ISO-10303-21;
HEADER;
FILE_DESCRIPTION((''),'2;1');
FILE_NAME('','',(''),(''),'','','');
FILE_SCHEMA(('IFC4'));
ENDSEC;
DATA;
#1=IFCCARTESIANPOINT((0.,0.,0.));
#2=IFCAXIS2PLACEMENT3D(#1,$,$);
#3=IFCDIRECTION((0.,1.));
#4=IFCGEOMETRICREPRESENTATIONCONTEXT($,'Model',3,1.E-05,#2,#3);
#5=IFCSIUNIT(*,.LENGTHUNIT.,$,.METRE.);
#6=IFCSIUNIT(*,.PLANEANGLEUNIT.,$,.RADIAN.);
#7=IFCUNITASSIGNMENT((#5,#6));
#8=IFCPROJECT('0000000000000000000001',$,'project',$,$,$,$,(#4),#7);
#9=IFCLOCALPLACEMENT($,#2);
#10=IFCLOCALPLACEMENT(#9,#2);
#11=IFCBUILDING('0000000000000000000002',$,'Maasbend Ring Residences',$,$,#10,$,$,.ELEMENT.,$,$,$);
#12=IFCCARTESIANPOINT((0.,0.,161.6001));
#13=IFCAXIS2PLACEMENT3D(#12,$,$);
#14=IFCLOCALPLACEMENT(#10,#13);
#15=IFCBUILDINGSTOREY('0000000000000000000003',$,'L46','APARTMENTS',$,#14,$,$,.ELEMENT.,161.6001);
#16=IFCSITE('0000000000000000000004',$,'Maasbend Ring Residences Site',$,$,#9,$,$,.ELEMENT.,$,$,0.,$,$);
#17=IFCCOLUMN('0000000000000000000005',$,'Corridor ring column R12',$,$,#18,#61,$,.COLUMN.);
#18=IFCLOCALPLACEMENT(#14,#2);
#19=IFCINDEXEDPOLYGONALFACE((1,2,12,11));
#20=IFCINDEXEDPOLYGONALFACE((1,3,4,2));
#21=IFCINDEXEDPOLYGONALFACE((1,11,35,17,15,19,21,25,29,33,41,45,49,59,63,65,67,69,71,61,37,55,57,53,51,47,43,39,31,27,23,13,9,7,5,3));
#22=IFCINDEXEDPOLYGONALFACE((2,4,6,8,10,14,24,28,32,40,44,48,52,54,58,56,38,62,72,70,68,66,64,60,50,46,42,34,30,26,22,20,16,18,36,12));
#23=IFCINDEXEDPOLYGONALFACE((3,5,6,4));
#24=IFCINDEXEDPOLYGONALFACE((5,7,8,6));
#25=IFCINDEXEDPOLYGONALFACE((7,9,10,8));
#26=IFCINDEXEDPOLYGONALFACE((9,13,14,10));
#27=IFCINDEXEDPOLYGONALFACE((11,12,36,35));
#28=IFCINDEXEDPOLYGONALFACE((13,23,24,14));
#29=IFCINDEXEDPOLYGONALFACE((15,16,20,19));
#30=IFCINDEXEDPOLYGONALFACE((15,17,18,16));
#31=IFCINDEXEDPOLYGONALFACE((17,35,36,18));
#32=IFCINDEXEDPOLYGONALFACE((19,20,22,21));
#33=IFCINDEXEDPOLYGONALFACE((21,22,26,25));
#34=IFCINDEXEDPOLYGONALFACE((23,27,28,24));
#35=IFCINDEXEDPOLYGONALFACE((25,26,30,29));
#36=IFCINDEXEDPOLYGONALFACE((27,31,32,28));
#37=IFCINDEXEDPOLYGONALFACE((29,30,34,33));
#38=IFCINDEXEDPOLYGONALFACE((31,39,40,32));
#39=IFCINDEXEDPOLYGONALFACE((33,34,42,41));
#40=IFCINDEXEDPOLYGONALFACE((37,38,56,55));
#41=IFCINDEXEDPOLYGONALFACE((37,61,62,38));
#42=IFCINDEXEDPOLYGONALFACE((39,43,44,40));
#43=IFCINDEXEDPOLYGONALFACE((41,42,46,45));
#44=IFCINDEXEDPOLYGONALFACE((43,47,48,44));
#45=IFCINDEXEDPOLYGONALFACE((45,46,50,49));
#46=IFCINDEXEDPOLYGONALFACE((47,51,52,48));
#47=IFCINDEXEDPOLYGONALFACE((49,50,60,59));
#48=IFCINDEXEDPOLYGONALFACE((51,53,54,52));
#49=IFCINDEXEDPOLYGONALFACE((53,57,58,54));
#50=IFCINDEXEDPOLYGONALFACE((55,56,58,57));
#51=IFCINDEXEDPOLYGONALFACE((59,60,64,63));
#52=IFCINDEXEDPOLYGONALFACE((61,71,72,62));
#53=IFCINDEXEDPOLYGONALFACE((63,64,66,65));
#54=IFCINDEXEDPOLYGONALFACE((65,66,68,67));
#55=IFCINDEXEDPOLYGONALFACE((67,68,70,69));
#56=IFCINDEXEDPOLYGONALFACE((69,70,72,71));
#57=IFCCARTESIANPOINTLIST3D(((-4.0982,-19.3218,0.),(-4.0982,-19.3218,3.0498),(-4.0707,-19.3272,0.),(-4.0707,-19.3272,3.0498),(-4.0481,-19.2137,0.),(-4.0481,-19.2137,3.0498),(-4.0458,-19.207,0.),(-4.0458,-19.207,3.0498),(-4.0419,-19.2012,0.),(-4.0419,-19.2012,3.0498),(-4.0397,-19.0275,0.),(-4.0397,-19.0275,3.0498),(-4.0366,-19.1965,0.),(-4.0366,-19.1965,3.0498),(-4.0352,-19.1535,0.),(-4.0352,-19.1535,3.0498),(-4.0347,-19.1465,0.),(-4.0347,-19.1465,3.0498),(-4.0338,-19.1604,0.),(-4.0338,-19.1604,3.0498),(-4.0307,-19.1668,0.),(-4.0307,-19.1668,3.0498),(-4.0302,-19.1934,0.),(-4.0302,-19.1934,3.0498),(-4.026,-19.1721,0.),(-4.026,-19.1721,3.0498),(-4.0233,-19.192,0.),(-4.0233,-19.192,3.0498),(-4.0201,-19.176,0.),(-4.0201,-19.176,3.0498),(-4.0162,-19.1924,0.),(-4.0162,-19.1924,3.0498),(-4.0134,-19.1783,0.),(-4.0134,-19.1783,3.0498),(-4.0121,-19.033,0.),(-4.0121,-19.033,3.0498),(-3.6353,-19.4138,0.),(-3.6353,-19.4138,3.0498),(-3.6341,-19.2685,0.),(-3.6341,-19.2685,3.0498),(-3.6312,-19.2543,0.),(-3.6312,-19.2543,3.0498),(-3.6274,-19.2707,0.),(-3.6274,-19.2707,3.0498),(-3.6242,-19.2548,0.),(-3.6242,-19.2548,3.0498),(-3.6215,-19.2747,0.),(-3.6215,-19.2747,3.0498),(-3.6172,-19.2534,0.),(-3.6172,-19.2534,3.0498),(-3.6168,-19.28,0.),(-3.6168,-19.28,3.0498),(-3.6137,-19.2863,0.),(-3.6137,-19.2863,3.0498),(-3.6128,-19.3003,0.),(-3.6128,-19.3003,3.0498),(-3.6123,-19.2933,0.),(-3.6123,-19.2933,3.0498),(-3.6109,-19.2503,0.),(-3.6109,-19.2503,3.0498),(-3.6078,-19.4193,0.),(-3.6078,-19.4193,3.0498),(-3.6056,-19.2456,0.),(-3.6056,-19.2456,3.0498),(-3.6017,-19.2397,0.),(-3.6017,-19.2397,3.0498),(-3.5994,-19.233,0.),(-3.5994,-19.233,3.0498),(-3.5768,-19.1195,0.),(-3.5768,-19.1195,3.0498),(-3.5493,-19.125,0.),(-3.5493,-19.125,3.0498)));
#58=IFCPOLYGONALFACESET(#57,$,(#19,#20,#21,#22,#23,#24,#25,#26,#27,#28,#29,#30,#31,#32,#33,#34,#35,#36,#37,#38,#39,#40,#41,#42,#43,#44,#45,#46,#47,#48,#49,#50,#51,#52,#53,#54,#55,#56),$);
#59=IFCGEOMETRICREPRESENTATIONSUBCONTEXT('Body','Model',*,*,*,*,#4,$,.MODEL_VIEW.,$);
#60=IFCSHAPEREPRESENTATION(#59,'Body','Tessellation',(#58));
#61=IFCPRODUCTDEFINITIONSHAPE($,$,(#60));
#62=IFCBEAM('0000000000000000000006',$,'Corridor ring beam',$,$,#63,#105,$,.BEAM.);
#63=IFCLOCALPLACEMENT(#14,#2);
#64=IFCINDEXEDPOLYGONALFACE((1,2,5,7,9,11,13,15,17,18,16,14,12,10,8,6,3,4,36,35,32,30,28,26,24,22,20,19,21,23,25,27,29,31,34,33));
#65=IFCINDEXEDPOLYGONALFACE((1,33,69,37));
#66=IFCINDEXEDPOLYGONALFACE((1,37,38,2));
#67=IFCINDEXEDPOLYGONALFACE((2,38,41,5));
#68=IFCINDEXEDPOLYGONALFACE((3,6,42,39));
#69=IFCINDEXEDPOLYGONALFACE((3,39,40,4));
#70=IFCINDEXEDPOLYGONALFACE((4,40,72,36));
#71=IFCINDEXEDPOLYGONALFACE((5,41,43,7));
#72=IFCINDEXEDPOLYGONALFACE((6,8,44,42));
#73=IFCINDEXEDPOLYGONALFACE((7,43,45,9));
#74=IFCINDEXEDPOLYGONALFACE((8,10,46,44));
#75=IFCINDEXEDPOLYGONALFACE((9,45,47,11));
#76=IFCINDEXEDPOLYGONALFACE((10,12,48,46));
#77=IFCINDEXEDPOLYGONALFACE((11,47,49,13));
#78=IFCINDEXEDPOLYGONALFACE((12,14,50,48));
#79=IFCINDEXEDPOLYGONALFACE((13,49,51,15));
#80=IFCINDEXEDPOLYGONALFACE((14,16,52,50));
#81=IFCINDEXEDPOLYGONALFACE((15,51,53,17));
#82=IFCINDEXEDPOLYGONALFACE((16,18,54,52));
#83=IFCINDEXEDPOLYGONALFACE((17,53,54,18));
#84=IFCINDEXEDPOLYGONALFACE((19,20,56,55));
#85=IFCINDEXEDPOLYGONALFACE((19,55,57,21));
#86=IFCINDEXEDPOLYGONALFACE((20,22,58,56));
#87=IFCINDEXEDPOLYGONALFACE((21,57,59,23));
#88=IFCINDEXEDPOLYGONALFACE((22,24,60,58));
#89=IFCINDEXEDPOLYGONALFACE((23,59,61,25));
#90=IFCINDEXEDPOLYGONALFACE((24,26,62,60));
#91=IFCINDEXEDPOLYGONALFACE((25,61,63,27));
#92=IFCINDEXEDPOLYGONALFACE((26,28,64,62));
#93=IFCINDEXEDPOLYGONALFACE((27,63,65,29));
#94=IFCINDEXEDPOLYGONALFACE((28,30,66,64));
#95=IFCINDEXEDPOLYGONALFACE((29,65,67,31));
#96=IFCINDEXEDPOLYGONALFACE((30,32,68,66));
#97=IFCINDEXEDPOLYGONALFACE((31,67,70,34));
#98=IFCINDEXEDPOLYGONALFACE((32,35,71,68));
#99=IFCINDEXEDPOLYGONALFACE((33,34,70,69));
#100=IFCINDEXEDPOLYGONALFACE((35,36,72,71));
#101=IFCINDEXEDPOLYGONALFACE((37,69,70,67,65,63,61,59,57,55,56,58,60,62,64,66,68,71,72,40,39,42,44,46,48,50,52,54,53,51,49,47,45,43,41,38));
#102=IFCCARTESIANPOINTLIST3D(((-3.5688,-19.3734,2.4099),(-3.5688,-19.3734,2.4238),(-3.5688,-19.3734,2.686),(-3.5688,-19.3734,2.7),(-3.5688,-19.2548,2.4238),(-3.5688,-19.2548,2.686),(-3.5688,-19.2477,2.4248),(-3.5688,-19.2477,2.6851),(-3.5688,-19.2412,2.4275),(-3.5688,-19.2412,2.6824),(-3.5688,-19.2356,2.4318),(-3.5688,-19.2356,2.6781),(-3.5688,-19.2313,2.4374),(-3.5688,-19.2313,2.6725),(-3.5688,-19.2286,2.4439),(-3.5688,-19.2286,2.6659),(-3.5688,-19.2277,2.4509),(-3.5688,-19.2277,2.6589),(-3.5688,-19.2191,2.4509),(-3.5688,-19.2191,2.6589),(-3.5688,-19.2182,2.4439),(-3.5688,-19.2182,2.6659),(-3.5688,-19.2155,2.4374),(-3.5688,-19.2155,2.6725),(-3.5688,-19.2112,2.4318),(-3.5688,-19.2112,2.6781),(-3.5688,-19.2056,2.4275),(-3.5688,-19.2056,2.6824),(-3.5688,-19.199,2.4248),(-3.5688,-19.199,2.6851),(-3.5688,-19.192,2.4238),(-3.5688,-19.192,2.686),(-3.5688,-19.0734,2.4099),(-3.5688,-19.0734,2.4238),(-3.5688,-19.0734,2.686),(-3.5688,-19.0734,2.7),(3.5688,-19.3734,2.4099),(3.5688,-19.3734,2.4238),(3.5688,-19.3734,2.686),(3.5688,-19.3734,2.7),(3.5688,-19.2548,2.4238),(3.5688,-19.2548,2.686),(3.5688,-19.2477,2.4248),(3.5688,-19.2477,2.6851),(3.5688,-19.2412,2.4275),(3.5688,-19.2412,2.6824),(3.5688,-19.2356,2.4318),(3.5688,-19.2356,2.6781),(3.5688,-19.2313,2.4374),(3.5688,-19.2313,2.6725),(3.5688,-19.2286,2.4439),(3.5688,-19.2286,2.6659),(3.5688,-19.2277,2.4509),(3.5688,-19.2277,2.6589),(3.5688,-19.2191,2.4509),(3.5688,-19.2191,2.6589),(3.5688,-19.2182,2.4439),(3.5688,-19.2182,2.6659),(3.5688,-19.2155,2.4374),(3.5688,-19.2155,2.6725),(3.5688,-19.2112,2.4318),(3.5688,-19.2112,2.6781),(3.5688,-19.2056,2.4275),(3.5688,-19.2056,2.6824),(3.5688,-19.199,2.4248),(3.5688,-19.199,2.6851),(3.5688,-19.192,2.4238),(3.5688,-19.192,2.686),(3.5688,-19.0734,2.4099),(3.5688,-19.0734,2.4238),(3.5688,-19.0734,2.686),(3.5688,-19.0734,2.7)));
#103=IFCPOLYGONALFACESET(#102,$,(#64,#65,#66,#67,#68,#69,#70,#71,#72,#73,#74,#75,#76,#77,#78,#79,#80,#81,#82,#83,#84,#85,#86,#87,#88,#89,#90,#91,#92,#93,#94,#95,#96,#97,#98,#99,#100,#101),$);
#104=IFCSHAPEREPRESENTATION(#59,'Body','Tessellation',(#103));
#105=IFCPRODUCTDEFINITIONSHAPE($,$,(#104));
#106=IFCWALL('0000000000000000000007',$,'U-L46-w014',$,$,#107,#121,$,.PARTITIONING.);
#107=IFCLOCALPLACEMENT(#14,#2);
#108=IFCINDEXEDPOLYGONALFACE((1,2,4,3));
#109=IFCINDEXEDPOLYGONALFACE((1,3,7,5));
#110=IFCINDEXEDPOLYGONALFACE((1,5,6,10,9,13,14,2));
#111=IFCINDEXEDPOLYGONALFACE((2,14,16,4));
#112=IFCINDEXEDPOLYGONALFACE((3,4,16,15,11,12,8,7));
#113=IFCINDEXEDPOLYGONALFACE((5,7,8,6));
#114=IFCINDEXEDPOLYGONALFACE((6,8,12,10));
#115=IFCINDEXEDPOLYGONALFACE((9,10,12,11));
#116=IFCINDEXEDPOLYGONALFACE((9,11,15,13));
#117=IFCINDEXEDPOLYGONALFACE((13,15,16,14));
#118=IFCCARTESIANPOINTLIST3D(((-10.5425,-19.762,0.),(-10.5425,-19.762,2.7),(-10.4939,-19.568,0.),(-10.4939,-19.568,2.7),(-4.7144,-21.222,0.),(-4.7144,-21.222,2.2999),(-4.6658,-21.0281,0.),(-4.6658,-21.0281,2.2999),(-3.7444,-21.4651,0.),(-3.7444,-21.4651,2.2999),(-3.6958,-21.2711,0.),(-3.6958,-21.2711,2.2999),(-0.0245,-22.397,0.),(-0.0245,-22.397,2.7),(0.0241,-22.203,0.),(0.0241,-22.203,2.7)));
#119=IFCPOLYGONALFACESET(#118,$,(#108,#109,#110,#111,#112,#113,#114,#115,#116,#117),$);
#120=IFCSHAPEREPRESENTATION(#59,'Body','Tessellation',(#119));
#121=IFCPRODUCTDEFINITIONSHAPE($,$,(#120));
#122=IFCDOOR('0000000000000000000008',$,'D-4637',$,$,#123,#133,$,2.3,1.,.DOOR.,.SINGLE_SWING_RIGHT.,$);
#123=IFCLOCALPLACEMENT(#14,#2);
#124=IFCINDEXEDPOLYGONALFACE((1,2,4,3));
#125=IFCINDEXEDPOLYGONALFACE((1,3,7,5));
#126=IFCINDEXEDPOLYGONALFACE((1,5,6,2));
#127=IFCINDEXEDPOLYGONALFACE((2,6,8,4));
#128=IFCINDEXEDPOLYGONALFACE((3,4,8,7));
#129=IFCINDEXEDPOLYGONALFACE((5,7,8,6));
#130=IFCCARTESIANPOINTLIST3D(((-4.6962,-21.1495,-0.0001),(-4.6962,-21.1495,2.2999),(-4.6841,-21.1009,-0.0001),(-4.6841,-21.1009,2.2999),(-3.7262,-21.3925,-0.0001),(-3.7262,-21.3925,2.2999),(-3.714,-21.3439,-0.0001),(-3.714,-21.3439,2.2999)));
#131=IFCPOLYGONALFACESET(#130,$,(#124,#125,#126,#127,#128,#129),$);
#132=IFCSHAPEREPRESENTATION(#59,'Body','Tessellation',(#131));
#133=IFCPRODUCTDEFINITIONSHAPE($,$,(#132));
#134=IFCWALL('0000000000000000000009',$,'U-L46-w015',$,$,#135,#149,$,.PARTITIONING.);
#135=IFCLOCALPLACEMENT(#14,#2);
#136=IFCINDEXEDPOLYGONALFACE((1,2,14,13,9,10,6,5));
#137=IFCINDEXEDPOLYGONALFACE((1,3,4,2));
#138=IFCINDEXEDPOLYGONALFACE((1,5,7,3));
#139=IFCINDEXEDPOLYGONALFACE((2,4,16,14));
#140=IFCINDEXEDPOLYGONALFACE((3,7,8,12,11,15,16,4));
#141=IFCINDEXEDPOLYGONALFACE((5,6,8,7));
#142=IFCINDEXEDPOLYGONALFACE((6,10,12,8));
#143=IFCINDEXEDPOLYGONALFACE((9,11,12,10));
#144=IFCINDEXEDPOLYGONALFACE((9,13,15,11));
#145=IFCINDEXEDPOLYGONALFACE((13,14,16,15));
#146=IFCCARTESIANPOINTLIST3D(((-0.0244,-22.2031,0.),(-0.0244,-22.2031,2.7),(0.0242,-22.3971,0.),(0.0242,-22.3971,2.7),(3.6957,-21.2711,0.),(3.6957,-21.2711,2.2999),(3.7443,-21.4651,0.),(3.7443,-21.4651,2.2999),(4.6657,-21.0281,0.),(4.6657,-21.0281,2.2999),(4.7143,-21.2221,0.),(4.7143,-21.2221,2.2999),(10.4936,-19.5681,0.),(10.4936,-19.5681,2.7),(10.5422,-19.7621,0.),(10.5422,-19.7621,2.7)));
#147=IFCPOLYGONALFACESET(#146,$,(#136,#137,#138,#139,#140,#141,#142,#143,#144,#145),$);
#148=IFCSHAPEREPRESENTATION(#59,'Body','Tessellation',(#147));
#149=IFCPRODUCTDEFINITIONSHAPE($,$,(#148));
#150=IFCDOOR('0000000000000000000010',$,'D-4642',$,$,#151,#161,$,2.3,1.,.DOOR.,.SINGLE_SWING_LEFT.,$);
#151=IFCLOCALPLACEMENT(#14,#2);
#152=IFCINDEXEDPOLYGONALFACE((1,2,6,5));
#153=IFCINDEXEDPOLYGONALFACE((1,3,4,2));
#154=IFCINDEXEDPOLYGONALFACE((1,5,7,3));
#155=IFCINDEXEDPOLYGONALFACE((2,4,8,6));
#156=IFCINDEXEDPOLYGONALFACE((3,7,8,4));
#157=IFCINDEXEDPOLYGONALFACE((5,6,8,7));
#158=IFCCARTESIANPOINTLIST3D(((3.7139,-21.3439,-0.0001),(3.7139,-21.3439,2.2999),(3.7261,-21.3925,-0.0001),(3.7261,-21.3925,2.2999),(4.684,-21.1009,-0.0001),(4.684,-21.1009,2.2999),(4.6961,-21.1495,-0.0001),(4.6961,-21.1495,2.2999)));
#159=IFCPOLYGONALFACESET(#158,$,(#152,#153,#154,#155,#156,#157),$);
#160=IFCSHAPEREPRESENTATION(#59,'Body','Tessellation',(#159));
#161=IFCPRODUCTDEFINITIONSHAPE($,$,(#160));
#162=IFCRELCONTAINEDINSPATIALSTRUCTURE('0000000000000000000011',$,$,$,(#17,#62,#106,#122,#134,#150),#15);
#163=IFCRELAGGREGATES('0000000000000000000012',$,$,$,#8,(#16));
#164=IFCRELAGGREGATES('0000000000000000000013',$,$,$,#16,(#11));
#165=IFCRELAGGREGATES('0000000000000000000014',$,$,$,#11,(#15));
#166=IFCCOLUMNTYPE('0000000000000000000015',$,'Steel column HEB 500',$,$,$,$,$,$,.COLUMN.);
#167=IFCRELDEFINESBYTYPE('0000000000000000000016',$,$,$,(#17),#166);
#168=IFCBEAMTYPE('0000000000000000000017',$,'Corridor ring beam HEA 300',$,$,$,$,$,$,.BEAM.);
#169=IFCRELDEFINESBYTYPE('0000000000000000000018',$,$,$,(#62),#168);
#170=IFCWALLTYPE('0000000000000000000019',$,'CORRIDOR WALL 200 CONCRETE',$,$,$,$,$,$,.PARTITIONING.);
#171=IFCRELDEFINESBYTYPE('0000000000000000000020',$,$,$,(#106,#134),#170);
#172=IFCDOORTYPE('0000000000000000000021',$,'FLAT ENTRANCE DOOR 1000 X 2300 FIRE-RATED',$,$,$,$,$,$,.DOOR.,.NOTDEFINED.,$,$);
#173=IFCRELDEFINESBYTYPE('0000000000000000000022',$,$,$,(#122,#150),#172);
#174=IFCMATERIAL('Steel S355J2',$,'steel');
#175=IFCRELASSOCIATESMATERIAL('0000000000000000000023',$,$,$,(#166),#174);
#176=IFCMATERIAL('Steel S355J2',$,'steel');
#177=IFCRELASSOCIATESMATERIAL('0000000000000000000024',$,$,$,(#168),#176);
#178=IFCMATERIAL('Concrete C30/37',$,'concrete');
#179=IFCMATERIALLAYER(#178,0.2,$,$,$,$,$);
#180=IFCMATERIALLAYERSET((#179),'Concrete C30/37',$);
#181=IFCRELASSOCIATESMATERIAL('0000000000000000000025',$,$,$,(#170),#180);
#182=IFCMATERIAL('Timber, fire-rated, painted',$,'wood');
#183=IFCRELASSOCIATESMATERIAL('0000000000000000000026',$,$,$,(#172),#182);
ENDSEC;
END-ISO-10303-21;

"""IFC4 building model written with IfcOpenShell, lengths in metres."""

from ifc_helpers import new_model, si_unit, direction, frame, frame_2d, origin, origin_2d, place, context, subcontext, project, spatial, rectangle, i_section, extrude, material, layer, layer_set, material_profile, profile_set, type_object, element, fill, save


model = new_model("IFC4")

# Units and contexts
model_context = context("Model", 3, precision=1e-05, world=origin(), true_north=direction((0.0, 1.0)))
body_context = subcontext(model_context, "Body", "Model", "MODEL_VIEW")
ifc_project = project(units=[si_unit("LENGTHUNIT", "METRE"), si_unit("PLANEANGLEUNIT", "RADIAN")], contexts=[model_context])

# Site, building, storey
site_placement = place(None, origin())
site = spatial("IfcSite", under=ifc_project, at=site_placement, Name="Maasbend Ring Residences Site", CompositionType="ELEMENT", RefElevation=0.0)
building_placement = place(site_placement, origin())
building = spatial("IfcBuilding", under=site, at=building_placement, Name="Maasbend Ring Residences", CompositionType="ELEMENT")
storey_placement = place(building_placement, frame((0.0, 0.0, 161.6001)))
storey = spatial("IfcBuildingStorey", under=building, at=storey_placement, Name="L46", Description="APARTMENTS", CompositionType="ELEMENT", Elevation=161.6001)

# Column
ifc_material_1 = material(Name="Steel S355J2", Category="steel")
ifc_material_profile_1 = material_profile(ifc_material_1, i_section(OverallWidth=0.3, OverallDepth=0.5, WebThickness=0.0144, FlangeThickness=0.0281, FilletRadius=0.0271, at=origin_2d()), Name="HEB 500")
ifc_profile_set_1 = profile_set([ifc_material_profile_1], Name="Steel S355J2")
column_type = type_object("IfcColumnType", Name="Steel column HEB 500", PredefinedType="COLUMN", material=ifc_profile_set_1)
column_placement = place(storey_placement, frame((-3.8237, -19.2234, 0.0), z_axis=(0.0, 0.0, 1.0), x_axis=(-0.19509, -0.980785, 0.0)))
element("IfcColumn", 1, at=column_placement, inside=storey, type_object=column_type, Name="Corridor ring column R12", PredefinedType="COLUMN", context=body_context, shape_type="SweptSolid", body=[
    extrude(i_section(OverallWidth=0.3, OverallDepth=0.5, WebThickness=0.0144, FlangeThickness=0.0281, FilletRadius=0.0271, at=origin_2d()), origin(), (0.0, 0.0, 1.0), 3.0498),
])

# Beam
ifc_material_2 = material(Name="Steel S355J2", Category="steel")
ifc_material_profile_2 = material_profile(ifc_material_2, i_section(OverallWidth=0.3, OverallDepth=0.29, WebThickness=0.0085, FlangeThickness=0.0139, FilletRadius=0.0271, at=origin_2d()), Name="HEA 300")
ifc_profile_set_2 = profile_set([ifc_material_profile_2], Name="Steel S355J2")
beam_type = type_object("IfcBeamType", Name="Corridor ring beam HEA 300", PredefinedType="BEAM", material=ifc_profile_set_2)
beam_placement = place(storey_placement, frame((-3.5688, -19.2234, 2.5549), z_axis=(1.0, 0.0, 0.0), x_axis=(0.0, 1.0, 0.0)))
element("IfcBeam", 2, at=beam_placement, inside=storey, type_object=beam_type, Name="Corridor ring beam", PredefinedType="BEAM", context=body_context, shape_type="SweptSolid", body=[
    extrude(i_section(OverallWidth=0.3, OverallDepth=0.29, WebThickness=0.0085, FlangeThickness=0.0139, FilletRadius=0.0271, at=origin_2d()), origin(), (0.0, 0.0, 1.0), 7.1377),
])

# Walls, openings, doors
ifc_material_3 = material(Name="Concrete C30/37", Category="concrete")
ifc_layer_1 = layer(ifc_material_3, 0.2)
ifc_layer_set_1 = layer_set([ifc_layer_1], Name="Concrete C30/37")
wall_type_1 = type_object("IfcWallType", Name="CORRIDOR WALL 200 CONCRETE", PredefinedType="PARTITIONING", material=ifc_layer_set_1)
wall_1_placement = place(storey_placement, frame((-10.5181, -19.665, 0.0), z_axis=(0.0, 0.0, 1.0), x_axis=(0.970023, -0.243012, 0.0)))
wall_1 = element("IfcWall", 3, at=wall_1_placement, inside=storey, type_object=wall_type_1, Name="U-L46-w014", PredefinedType="PARTITIONING", context=body_context, shape_type="SweptSolid", body=[
    extrude(rectangle(XDim=10.843, YDim=0.2, at=frame_2d((5.4214, 0.0))), origin(), (0.0, 0.0, 1.0), 2.7),
])
opening_1_placement = place(wall_1_placement, frame((6.0081, 0.0, 0.0)))
opening_1 = element("IfcOpeningElement", 4, at=opening_1_placement, cuts=wall_1, PredefinedType="OPENING", context=body_context, shape_type="SweptSolid", body=[
    extrude(rectangle(XDim=1.0, YDim=2.3, at=frame_2d((0.5, 1.1499))), frame((0.0, 0.1099, 0.0), z_axis=(0.0, -1.0, 0.0), x_axis=(1.0, 0.0, 0.0)), (0.0, 0.0, 1.0), 0.22),
])
ifc_material_4 = material(Name="Timber, fire-rated, painted", Category="wood")
door_type_1 = type_object("IfcDoorType", Name="FLAT ENTRANCE DOOR 1000 X 2300 FIRE-RATED", OperationType="NOTDEFINED", PredefinedType="DOOR", material=ifc_material_4)
door_1_placement = place(opening_1_placement, origin())
door_1 = element("IfcDoor", 5, at=door_1_placement, inside=storey, type_object=door_type_1, Name="D-4637", OperationType="SINGLE_SWING_RIGHT", OverallHeight=2.3, OverallWidth=1.0, PredefinedType="DOOR", context=body_context, shape_type="SweptSolid", body=[
    extrude(rectangle(XDim=1.0, YDim=2.3, at=frame_2d((0.5, 1.1499))), frame((0.0, 0.0249, 0.0), z_axis=(0.0, -1.0, 0.0), x_axis=(1.0, 0.0, 0.0)), (0.0, 0.0, 1.0), 0.05),
])
fill(opening_1, door_1)
wall_2_placement = place(storey_placement, frame((0.0, -22.3, 0.0), z_axis=(0.0, 0.0, 1.0), x_axis=(0.970023, 0.243012, 0.0)))
wall_2 = element("IfcWall", 6, at=wall_2_placement, inside=storey, type_object=wall_type_1, Name="U-L46-w015", PredefinedType="PARTITIONING", context=body_context, shape_type="SweptSolid", body=[
    extrude(rectangle(XDim=10.843, YDim=0.2, at=frame_2d((5.4214, 0.0))), origin(), (0.0, 0.0, 1.0), 2.7),
])
opening_2_placement = place(wall_2_placement, frame((3.835, 0.0, 0.0)))
opening_2 = element("IfcOpeningElement", 7, at=opening_2_placement, cuts=wall_2, PredefinedType="OPENING", context=body_context, shape_type="SweptSolid", body=[
    extrude(rectangle(XDim=1.0, YDim=2.3, at=frame_2d((0.5, 1.1499))), frame((0.0, 0.1099, 0.0), z_axis=(0.0, -1.0, 0.0), x_axis=(1.0, 0.0, 0.0)), (0.0, 0.0, 1.0), 0.22),
])
door_2_placement = place(opening_2_placement, origin())
door_2 = element("IfcDoor", 8, at=door_2_placement, inside=storey, type_object=door_type_1, Name="D-4642", OperationType="SINGLE_SWING_LEFT", OverallHeight=2.3, OverallWidth=1.0, PredefinedType="DOOR", context=body_context, shape_type="SweptSolid", body=[
    extrude(rectangle(XDim=1.0, YDim=2.3, at=frame_2d((0.5, 1.1499))), frame((0.0, 0.0249, 0.0), z_axis=(0.0, -1.0, 0.0), x_axis=(1.0, 0.0, 0.0)), (0.0, 0.0, 1.0), 0.05),
])
fill(opening_2, door_2)

save(model, "model.ifc")
